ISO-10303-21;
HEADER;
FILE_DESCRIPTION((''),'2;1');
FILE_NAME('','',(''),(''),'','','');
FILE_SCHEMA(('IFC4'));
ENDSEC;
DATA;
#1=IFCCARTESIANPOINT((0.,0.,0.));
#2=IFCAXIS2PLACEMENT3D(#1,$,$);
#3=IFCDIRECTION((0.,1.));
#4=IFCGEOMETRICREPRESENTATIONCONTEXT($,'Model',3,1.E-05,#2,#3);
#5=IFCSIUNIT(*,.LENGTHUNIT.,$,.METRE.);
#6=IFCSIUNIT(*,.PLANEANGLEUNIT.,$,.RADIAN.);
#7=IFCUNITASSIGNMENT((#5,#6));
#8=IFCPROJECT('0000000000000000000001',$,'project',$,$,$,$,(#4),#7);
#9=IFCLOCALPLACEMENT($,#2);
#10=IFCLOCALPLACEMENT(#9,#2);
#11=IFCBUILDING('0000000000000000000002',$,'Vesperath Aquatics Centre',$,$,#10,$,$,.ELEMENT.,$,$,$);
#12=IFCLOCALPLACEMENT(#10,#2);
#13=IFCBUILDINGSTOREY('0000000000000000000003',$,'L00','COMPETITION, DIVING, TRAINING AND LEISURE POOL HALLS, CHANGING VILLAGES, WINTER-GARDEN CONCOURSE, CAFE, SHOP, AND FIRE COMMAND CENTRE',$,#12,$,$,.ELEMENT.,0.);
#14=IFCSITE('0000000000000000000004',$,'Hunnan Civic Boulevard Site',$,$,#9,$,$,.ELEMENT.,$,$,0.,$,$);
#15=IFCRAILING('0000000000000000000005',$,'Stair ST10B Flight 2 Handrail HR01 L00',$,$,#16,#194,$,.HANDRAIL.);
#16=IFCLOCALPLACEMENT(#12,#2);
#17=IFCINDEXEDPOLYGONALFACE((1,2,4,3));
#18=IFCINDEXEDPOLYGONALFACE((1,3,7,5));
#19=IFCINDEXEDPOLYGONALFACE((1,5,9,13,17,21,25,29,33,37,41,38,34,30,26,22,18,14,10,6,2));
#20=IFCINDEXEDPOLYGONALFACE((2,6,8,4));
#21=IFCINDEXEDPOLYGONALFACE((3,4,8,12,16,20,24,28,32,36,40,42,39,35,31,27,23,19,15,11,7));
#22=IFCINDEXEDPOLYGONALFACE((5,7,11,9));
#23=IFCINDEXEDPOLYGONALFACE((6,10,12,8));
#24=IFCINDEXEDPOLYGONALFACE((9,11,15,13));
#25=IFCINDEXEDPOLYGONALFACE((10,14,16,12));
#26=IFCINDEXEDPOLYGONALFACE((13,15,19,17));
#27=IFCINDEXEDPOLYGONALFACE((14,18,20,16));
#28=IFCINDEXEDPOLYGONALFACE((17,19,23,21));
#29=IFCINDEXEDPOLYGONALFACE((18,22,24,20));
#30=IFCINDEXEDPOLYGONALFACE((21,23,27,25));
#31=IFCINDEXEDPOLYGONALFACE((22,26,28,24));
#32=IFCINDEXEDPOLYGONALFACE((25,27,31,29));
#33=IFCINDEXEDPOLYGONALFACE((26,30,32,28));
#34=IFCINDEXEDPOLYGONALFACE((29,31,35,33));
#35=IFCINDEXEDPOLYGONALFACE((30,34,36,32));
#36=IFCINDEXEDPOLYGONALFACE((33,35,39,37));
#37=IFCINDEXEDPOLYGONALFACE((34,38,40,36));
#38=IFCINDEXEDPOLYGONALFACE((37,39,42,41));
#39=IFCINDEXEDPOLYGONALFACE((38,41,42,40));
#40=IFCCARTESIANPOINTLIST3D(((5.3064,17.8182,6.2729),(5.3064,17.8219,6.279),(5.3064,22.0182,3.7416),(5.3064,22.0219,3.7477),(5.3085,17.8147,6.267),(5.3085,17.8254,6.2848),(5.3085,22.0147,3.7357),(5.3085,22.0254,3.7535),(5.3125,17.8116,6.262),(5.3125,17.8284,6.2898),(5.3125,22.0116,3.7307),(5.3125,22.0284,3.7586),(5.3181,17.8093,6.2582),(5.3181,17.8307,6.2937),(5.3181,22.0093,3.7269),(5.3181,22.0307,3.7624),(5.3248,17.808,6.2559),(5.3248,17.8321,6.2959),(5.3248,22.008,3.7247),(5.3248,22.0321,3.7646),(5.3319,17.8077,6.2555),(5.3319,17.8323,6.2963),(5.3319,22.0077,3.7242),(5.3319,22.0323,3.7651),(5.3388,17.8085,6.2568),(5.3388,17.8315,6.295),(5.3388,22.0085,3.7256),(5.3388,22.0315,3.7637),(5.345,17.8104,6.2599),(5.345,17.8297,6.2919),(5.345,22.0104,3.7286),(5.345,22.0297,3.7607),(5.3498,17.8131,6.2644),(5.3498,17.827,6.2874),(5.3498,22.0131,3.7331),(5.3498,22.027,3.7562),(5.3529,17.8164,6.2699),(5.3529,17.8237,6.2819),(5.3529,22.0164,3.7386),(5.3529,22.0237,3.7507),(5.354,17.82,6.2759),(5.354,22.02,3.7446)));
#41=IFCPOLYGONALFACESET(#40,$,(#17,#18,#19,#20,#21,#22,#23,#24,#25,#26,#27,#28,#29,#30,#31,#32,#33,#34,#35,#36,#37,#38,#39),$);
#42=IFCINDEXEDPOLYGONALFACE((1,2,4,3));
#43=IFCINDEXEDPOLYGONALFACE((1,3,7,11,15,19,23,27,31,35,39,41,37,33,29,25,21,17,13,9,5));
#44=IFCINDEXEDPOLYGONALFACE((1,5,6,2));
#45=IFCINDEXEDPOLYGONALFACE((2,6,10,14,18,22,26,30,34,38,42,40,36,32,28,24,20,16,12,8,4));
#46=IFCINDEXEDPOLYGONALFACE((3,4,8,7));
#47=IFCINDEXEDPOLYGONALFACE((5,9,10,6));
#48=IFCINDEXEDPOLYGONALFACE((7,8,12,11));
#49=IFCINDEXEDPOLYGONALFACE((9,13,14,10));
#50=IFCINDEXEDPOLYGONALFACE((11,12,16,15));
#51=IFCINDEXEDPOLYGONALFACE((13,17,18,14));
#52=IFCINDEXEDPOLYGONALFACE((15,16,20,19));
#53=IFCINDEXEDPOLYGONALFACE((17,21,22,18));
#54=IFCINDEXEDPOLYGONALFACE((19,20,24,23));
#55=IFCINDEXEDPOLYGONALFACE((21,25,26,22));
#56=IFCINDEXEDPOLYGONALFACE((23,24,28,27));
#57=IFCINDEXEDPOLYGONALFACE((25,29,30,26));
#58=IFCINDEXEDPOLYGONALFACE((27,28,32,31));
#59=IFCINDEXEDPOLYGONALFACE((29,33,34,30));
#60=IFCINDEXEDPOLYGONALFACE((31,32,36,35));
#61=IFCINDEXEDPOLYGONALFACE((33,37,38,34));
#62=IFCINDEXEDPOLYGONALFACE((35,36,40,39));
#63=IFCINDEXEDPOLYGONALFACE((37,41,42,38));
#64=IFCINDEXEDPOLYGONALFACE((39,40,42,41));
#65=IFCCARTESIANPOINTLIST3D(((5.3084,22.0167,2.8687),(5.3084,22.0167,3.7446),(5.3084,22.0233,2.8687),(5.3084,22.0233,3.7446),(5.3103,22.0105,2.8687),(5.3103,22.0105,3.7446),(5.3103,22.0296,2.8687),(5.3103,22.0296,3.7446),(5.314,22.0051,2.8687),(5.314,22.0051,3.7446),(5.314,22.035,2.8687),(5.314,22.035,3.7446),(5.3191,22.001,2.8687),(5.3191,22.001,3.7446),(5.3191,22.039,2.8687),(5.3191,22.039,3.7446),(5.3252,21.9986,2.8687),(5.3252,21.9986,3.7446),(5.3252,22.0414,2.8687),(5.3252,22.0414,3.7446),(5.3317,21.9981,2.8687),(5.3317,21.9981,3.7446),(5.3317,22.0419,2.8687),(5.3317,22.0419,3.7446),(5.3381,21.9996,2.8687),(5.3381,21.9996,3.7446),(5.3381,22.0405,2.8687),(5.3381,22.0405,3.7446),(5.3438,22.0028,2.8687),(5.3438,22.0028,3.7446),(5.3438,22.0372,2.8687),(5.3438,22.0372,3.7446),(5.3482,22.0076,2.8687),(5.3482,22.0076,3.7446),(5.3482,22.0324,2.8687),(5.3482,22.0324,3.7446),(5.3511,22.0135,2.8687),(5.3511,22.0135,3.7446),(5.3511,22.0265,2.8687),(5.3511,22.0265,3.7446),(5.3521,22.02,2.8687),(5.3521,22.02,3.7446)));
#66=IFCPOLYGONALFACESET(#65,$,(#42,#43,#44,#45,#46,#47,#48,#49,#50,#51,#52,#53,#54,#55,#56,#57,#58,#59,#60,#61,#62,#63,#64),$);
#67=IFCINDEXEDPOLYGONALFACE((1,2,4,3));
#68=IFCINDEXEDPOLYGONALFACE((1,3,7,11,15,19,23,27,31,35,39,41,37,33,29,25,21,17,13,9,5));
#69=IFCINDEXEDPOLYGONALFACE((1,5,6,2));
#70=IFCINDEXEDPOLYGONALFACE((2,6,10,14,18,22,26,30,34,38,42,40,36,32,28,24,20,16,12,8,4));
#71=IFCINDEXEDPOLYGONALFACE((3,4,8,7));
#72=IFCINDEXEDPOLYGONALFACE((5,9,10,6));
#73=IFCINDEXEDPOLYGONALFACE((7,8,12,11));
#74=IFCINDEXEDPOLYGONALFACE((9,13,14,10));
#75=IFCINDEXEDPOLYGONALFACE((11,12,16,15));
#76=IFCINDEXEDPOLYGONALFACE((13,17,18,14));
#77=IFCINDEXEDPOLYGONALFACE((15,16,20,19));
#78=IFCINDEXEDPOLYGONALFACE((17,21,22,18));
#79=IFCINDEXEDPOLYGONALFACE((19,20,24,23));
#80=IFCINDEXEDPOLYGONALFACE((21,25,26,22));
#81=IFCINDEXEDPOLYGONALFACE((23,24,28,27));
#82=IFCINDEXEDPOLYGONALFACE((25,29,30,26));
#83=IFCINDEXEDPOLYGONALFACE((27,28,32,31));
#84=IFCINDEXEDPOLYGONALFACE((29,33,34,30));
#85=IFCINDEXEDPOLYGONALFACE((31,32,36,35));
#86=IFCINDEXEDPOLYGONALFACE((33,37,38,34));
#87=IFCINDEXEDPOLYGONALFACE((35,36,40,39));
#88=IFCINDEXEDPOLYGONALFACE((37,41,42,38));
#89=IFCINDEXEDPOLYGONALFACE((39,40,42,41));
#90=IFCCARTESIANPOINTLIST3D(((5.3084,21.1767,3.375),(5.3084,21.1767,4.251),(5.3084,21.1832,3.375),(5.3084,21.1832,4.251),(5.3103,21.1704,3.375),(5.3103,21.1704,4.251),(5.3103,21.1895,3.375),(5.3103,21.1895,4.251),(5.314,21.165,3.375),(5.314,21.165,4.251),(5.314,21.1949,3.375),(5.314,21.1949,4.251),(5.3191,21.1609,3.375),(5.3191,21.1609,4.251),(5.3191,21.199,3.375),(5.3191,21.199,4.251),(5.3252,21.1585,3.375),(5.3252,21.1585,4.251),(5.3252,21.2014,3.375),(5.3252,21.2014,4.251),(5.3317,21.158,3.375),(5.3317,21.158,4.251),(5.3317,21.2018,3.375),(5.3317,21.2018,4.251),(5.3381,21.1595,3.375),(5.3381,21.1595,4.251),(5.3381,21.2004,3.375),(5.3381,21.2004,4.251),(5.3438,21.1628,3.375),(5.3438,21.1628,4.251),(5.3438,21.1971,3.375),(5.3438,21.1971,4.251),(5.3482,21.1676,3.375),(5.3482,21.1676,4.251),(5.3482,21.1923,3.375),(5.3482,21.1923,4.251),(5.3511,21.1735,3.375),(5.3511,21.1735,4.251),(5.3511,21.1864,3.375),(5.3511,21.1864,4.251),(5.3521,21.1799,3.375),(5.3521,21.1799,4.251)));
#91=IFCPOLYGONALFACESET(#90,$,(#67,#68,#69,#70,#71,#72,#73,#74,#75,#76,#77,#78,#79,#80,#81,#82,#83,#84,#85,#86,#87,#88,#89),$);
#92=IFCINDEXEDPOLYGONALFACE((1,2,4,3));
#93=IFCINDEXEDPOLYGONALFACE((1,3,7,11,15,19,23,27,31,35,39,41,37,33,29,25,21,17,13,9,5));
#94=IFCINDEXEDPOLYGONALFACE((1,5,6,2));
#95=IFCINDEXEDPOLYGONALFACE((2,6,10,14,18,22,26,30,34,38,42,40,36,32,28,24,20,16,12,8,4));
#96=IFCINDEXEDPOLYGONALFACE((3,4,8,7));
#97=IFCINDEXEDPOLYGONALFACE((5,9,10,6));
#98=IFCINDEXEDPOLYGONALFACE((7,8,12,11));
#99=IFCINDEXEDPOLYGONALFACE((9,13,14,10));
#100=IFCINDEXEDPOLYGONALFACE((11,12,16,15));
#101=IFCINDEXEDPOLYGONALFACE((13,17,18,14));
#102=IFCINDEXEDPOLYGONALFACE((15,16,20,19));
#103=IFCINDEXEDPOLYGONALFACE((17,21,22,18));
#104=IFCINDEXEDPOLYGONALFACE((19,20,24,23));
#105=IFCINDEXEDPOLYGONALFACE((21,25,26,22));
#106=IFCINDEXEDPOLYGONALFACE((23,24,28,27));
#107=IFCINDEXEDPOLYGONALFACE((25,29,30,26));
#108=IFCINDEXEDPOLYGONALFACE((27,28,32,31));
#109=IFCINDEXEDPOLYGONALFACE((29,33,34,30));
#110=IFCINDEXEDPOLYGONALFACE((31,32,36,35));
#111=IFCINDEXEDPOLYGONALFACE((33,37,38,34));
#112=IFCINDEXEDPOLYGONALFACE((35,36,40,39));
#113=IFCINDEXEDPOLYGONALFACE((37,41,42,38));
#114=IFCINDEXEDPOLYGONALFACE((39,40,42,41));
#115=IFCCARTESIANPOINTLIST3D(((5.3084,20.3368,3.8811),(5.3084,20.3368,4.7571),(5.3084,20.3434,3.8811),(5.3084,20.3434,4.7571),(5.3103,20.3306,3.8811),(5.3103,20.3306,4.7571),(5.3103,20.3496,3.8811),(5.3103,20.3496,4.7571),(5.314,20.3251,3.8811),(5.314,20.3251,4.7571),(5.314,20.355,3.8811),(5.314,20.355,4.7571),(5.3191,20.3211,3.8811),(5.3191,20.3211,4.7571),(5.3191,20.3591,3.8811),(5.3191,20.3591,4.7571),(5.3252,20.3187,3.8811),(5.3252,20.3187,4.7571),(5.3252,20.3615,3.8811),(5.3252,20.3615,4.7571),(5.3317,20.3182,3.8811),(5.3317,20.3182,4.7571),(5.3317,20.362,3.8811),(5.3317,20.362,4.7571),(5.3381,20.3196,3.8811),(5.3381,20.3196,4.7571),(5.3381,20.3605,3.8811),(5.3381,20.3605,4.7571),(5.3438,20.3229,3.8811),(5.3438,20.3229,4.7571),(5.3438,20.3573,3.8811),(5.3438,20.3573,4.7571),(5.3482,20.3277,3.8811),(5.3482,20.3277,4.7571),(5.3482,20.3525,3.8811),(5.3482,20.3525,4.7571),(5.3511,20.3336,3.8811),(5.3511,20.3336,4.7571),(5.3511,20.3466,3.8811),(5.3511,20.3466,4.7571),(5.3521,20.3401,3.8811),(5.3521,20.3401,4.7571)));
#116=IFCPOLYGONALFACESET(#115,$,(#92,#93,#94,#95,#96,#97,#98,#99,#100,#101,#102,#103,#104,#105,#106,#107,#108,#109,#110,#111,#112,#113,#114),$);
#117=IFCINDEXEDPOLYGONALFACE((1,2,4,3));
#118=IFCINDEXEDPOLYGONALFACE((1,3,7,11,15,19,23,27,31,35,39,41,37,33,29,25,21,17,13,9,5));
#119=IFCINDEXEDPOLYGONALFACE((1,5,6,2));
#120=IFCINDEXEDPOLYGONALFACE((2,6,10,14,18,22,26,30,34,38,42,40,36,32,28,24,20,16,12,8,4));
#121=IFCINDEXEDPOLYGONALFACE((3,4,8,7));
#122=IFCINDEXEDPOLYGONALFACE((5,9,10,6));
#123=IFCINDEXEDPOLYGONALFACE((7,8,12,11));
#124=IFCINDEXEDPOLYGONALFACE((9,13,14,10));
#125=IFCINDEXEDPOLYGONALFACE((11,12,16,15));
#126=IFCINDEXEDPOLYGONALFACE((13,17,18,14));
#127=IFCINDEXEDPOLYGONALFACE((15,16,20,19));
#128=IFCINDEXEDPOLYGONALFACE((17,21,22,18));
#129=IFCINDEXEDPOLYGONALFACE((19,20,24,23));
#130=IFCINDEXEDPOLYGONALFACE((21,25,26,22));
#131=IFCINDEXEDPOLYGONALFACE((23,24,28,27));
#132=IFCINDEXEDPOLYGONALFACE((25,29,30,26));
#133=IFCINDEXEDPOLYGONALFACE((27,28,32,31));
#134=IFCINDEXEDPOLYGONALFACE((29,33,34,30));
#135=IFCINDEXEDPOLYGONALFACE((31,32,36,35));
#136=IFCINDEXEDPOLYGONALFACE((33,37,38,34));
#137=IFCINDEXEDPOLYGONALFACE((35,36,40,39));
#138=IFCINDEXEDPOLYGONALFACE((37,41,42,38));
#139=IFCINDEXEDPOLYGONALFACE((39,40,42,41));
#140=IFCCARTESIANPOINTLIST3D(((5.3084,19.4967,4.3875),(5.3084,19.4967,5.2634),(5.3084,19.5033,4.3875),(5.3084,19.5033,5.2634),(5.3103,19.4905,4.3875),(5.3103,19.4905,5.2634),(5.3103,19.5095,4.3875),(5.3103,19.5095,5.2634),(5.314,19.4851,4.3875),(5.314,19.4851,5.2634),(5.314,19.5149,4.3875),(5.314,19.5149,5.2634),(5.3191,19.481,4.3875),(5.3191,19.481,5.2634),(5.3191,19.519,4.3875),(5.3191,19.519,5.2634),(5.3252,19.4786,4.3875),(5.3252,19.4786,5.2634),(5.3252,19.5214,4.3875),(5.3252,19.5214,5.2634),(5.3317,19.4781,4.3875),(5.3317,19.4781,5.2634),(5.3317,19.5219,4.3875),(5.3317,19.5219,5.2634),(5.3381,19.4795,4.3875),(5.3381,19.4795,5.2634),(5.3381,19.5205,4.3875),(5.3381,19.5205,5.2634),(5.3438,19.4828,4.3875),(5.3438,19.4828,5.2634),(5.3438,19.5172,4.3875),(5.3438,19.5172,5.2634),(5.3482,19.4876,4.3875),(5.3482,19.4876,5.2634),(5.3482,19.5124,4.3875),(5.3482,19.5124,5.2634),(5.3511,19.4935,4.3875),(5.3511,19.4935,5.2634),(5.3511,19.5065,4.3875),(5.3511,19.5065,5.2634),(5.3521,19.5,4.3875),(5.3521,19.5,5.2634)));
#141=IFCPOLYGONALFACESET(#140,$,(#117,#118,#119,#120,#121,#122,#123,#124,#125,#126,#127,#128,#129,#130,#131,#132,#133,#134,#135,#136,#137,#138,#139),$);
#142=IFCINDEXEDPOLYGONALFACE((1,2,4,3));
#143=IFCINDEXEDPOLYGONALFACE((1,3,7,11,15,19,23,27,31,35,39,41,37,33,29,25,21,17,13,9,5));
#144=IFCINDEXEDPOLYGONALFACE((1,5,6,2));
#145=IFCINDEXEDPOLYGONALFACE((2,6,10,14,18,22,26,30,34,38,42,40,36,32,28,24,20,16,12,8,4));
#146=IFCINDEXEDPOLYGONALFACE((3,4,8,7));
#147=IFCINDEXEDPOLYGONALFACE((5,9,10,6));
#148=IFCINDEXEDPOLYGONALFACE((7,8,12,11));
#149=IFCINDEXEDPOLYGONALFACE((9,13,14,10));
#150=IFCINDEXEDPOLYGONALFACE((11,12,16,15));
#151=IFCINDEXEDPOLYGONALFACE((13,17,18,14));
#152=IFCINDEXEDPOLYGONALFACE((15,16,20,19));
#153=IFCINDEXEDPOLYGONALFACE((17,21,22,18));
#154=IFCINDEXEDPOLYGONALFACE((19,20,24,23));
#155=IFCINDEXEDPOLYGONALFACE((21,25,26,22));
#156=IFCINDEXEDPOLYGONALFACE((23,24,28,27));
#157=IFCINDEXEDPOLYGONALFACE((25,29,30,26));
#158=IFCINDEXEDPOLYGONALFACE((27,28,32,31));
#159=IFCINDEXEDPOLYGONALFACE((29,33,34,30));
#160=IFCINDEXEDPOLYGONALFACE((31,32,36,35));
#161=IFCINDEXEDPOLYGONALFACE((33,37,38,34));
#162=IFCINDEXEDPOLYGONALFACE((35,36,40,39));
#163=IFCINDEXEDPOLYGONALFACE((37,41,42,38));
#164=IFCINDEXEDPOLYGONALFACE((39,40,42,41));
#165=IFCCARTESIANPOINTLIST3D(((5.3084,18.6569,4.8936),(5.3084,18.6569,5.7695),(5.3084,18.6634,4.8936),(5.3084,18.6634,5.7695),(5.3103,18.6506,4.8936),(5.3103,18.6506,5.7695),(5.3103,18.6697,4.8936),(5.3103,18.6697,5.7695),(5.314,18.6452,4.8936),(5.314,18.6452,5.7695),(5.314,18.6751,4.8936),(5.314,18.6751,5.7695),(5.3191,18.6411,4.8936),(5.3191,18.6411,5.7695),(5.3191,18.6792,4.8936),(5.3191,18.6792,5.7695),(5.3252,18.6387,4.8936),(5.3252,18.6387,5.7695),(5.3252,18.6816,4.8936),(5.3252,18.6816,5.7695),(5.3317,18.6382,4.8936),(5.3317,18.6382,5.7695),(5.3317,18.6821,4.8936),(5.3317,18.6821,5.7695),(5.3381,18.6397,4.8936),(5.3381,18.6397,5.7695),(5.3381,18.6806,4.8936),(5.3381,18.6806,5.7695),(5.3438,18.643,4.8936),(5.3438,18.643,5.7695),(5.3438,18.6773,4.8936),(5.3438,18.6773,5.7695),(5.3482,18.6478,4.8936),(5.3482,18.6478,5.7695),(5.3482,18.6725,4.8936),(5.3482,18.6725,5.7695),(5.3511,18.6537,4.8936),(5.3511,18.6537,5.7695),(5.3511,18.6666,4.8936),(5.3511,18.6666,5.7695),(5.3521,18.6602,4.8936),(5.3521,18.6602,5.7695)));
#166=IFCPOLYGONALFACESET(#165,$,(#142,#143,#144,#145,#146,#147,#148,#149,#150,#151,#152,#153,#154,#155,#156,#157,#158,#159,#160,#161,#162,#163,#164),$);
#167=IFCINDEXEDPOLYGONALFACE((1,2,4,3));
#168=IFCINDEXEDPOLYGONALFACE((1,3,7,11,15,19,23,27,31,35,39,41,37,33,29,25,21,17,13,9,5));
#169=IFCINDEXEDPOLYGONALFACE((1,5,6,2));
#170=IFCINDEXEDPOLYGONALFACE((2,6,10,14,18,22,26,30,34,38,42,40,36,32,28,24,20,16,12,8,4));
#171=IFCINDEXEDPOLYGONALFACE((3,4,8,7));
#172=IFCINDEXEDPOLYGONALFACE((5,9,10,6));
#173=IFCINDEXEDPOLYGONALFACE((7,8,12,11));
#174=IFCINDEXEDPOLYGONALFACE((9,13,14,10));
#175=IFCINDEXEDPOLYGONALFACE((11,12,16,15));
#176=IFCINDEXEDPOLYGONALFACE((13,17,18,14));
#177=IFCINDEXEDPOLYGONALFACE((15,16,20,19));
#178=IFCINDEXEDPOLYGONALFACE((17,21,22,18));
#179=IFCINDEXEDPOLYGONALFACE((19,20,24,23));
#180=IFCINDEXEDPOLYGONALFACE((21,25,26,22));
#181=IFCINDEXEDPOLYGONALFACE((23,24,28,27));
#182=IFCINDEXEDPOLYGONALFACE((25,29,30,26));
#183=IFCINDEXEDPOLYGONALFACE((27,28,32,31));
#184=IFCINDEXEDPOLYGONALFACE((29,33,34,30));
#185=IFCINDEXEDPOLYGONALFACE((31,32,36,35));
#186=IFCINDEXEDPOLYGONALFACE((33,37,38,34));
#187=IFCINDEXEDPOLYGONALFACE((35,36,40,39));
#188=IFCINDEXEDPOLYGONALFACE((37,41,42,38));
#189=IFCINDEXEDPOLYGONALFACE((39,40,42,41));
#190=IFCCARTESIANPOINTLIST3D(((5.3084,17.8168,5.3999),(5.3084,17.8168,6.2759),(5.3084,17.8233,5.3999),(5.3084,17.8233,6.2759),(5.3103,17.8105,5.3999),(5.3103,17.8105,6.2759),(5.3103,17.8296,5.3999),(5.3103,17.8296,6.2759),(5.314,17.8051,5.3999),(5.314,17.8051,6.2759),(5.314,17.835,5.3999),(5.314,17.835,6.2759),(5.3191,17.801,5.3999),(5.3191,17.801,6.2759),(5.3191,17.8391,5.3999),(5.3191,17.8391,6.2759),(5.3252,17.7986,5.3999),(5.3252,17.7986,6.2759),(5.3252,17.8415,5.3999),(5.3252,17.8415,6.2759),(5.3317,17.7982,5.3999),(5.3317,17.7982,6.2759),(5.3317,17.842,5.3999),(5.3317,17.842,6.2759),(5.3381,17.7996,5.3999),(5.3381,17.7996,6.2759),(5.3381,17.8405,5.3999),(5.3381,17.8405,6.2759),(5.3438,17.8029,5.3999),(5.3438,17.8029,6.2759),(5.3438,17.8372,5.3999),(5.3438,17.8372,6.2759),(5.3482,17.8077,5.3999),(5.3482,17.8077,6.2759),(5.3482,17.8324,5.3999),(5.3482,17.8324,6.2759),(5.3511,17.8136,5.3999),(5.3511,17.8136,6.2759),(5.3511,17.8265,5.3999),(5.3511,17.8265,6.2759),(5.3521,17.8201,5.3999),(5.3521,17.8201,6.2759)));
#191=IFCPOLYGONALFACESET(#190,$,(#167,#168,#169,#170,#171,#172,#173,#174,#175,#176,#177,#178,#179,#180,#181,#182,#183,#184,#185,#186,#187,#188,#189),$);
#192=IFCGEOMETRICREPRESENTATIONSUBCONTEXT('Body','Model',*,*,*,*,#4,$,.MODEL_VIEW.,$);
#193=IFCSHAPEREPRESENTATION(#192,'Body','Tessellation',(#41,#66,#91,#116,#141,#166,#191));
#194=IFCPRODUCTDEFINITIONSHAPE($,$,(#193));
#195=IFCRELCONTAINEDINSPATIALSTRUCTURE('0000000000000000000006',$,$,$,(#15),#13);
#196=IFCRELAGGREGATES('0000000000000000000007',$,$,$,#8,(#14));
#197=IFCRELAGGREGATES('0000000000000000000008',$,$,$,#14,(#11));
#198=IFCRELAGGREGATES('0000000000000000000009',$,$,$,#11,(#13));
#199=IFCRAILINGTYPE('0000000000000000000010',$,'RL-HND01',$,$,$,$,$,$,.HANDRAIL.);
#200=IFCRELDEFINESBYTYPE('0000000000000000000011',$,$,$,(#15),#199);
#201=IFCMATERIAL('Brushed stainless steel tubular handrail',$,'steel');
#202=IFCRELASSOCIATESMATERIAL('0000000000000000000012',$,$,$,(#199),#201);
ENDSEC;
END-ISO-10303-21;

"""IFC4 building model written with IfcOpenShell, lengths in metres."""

from ifc_helpers import new_model, si_unit, direction, frame, origin, origin_2d, place, context, subcontext, project, spatial, circle, extrude, material, type_object, element, save


model = new_model("IFC4")

# Units and contexts
model_context = context("Model", 3, precision=1e-05, world=origin(), true_north=direction((0.0, 1.0)))
body_context = subcontext(model_context, "Body", "Model", "MODEL_VIEW")
ifc_project = project(units=[si_unit("LENGTHUNIT", "METRE"), si_unit("PLANEANGLEUNIT", "RADIAN")], contexts=[model_context])

# Site, building, storey
site_placement = place(None, origin())
site = spatial("IfcSite", under=ifc_project, at=site_placement, Name="Hunnan Civic Boulevard Site", CompositionType="ELEMENT", RefElevation=0.0)
building_placement = place(site_placement, origin())
building = spatial("IfcBuilding", under=site, at=building_placement, Name="Vesperath Aquatics Centre", CompositionType="ELEMENT")
storey_placement = place(building_placement, origin())
storey = spatial("IfcBuildingStorey", under=building, at=storey_placement, Name="L00", Description="COMPETITION, DIVING, TRAINING AND LEISURE POOL HALLS, CHANGING VILLAGES, WINTER-GARDEN CONCOURSE, CAFE, SHOP, AND FIRE COMMAND CENTRE", CompositionType="ELEMENT", Elevation=0.0)

# Railing
ifc_material_1 = material(Name="Brushed stainless steel tubular handrail", Category="steel")
railing_type_1 = type_object("IfcRailingType", Name="RL-HND01", PredefinedType="HANDRAIL", material=ifc_material_1)
railing_1_placement = place(storey_placement, frame((5.3301, 22.02, 2.8687)))
element("IfcRailing", 1, at=railing_1_placement, inside=storey, type_object=railing_type_1, Name="Stair ST10B Flight 2 Handrail HR01 L00", PredefinedType="HANDRAIL", context=body_context, shape_type="SweptSolid", body=[
    extrude(circle(Radius=0.0239, at=origin_2d()), frame((0.0, 0.0, 0.876), z_axis=(0.0, -0.856476, 0.516186), x_axis=(1.0, 0.0, 0.0)), (0.0, 0.0, 1.0), 4.9038),
    extrude(circle(Radius=0.022, at=origin_2d()), origin(), (0.0, 0.0, 1.0), 0.876),
    extrude(circle(Radius=0.022, at=origin_2d()), frame((0.0, -0.8401, 0.5063)), (0.0, 0.0, 1.0), 0.876),
    extrude(circle(Radius=0.022, at=origin_2d()), frame((0.0, -1.6799, 1.0125)), (0.0, 0.0, 1.0), 0.876),
    extrude(circle(Radius=0.022, at=origin_2d()), frame((0.0, -2.52, 1.5188)), (0.0, 0.0, 1.0), 0.876),
    extrude(circle(Radius=0.022, at=origin_2d()), frame((0.0, -3.3599, 2.0249)), (0.0, 0.0, 1.0), 0.876),
    extrude(circle(Radius=0.022, at=origin_2d()), frame((0.0, -4.2, 2.5312)), (0.0, 0.0, 1.0), 0.876),
])

save(model, "model.ifc")
